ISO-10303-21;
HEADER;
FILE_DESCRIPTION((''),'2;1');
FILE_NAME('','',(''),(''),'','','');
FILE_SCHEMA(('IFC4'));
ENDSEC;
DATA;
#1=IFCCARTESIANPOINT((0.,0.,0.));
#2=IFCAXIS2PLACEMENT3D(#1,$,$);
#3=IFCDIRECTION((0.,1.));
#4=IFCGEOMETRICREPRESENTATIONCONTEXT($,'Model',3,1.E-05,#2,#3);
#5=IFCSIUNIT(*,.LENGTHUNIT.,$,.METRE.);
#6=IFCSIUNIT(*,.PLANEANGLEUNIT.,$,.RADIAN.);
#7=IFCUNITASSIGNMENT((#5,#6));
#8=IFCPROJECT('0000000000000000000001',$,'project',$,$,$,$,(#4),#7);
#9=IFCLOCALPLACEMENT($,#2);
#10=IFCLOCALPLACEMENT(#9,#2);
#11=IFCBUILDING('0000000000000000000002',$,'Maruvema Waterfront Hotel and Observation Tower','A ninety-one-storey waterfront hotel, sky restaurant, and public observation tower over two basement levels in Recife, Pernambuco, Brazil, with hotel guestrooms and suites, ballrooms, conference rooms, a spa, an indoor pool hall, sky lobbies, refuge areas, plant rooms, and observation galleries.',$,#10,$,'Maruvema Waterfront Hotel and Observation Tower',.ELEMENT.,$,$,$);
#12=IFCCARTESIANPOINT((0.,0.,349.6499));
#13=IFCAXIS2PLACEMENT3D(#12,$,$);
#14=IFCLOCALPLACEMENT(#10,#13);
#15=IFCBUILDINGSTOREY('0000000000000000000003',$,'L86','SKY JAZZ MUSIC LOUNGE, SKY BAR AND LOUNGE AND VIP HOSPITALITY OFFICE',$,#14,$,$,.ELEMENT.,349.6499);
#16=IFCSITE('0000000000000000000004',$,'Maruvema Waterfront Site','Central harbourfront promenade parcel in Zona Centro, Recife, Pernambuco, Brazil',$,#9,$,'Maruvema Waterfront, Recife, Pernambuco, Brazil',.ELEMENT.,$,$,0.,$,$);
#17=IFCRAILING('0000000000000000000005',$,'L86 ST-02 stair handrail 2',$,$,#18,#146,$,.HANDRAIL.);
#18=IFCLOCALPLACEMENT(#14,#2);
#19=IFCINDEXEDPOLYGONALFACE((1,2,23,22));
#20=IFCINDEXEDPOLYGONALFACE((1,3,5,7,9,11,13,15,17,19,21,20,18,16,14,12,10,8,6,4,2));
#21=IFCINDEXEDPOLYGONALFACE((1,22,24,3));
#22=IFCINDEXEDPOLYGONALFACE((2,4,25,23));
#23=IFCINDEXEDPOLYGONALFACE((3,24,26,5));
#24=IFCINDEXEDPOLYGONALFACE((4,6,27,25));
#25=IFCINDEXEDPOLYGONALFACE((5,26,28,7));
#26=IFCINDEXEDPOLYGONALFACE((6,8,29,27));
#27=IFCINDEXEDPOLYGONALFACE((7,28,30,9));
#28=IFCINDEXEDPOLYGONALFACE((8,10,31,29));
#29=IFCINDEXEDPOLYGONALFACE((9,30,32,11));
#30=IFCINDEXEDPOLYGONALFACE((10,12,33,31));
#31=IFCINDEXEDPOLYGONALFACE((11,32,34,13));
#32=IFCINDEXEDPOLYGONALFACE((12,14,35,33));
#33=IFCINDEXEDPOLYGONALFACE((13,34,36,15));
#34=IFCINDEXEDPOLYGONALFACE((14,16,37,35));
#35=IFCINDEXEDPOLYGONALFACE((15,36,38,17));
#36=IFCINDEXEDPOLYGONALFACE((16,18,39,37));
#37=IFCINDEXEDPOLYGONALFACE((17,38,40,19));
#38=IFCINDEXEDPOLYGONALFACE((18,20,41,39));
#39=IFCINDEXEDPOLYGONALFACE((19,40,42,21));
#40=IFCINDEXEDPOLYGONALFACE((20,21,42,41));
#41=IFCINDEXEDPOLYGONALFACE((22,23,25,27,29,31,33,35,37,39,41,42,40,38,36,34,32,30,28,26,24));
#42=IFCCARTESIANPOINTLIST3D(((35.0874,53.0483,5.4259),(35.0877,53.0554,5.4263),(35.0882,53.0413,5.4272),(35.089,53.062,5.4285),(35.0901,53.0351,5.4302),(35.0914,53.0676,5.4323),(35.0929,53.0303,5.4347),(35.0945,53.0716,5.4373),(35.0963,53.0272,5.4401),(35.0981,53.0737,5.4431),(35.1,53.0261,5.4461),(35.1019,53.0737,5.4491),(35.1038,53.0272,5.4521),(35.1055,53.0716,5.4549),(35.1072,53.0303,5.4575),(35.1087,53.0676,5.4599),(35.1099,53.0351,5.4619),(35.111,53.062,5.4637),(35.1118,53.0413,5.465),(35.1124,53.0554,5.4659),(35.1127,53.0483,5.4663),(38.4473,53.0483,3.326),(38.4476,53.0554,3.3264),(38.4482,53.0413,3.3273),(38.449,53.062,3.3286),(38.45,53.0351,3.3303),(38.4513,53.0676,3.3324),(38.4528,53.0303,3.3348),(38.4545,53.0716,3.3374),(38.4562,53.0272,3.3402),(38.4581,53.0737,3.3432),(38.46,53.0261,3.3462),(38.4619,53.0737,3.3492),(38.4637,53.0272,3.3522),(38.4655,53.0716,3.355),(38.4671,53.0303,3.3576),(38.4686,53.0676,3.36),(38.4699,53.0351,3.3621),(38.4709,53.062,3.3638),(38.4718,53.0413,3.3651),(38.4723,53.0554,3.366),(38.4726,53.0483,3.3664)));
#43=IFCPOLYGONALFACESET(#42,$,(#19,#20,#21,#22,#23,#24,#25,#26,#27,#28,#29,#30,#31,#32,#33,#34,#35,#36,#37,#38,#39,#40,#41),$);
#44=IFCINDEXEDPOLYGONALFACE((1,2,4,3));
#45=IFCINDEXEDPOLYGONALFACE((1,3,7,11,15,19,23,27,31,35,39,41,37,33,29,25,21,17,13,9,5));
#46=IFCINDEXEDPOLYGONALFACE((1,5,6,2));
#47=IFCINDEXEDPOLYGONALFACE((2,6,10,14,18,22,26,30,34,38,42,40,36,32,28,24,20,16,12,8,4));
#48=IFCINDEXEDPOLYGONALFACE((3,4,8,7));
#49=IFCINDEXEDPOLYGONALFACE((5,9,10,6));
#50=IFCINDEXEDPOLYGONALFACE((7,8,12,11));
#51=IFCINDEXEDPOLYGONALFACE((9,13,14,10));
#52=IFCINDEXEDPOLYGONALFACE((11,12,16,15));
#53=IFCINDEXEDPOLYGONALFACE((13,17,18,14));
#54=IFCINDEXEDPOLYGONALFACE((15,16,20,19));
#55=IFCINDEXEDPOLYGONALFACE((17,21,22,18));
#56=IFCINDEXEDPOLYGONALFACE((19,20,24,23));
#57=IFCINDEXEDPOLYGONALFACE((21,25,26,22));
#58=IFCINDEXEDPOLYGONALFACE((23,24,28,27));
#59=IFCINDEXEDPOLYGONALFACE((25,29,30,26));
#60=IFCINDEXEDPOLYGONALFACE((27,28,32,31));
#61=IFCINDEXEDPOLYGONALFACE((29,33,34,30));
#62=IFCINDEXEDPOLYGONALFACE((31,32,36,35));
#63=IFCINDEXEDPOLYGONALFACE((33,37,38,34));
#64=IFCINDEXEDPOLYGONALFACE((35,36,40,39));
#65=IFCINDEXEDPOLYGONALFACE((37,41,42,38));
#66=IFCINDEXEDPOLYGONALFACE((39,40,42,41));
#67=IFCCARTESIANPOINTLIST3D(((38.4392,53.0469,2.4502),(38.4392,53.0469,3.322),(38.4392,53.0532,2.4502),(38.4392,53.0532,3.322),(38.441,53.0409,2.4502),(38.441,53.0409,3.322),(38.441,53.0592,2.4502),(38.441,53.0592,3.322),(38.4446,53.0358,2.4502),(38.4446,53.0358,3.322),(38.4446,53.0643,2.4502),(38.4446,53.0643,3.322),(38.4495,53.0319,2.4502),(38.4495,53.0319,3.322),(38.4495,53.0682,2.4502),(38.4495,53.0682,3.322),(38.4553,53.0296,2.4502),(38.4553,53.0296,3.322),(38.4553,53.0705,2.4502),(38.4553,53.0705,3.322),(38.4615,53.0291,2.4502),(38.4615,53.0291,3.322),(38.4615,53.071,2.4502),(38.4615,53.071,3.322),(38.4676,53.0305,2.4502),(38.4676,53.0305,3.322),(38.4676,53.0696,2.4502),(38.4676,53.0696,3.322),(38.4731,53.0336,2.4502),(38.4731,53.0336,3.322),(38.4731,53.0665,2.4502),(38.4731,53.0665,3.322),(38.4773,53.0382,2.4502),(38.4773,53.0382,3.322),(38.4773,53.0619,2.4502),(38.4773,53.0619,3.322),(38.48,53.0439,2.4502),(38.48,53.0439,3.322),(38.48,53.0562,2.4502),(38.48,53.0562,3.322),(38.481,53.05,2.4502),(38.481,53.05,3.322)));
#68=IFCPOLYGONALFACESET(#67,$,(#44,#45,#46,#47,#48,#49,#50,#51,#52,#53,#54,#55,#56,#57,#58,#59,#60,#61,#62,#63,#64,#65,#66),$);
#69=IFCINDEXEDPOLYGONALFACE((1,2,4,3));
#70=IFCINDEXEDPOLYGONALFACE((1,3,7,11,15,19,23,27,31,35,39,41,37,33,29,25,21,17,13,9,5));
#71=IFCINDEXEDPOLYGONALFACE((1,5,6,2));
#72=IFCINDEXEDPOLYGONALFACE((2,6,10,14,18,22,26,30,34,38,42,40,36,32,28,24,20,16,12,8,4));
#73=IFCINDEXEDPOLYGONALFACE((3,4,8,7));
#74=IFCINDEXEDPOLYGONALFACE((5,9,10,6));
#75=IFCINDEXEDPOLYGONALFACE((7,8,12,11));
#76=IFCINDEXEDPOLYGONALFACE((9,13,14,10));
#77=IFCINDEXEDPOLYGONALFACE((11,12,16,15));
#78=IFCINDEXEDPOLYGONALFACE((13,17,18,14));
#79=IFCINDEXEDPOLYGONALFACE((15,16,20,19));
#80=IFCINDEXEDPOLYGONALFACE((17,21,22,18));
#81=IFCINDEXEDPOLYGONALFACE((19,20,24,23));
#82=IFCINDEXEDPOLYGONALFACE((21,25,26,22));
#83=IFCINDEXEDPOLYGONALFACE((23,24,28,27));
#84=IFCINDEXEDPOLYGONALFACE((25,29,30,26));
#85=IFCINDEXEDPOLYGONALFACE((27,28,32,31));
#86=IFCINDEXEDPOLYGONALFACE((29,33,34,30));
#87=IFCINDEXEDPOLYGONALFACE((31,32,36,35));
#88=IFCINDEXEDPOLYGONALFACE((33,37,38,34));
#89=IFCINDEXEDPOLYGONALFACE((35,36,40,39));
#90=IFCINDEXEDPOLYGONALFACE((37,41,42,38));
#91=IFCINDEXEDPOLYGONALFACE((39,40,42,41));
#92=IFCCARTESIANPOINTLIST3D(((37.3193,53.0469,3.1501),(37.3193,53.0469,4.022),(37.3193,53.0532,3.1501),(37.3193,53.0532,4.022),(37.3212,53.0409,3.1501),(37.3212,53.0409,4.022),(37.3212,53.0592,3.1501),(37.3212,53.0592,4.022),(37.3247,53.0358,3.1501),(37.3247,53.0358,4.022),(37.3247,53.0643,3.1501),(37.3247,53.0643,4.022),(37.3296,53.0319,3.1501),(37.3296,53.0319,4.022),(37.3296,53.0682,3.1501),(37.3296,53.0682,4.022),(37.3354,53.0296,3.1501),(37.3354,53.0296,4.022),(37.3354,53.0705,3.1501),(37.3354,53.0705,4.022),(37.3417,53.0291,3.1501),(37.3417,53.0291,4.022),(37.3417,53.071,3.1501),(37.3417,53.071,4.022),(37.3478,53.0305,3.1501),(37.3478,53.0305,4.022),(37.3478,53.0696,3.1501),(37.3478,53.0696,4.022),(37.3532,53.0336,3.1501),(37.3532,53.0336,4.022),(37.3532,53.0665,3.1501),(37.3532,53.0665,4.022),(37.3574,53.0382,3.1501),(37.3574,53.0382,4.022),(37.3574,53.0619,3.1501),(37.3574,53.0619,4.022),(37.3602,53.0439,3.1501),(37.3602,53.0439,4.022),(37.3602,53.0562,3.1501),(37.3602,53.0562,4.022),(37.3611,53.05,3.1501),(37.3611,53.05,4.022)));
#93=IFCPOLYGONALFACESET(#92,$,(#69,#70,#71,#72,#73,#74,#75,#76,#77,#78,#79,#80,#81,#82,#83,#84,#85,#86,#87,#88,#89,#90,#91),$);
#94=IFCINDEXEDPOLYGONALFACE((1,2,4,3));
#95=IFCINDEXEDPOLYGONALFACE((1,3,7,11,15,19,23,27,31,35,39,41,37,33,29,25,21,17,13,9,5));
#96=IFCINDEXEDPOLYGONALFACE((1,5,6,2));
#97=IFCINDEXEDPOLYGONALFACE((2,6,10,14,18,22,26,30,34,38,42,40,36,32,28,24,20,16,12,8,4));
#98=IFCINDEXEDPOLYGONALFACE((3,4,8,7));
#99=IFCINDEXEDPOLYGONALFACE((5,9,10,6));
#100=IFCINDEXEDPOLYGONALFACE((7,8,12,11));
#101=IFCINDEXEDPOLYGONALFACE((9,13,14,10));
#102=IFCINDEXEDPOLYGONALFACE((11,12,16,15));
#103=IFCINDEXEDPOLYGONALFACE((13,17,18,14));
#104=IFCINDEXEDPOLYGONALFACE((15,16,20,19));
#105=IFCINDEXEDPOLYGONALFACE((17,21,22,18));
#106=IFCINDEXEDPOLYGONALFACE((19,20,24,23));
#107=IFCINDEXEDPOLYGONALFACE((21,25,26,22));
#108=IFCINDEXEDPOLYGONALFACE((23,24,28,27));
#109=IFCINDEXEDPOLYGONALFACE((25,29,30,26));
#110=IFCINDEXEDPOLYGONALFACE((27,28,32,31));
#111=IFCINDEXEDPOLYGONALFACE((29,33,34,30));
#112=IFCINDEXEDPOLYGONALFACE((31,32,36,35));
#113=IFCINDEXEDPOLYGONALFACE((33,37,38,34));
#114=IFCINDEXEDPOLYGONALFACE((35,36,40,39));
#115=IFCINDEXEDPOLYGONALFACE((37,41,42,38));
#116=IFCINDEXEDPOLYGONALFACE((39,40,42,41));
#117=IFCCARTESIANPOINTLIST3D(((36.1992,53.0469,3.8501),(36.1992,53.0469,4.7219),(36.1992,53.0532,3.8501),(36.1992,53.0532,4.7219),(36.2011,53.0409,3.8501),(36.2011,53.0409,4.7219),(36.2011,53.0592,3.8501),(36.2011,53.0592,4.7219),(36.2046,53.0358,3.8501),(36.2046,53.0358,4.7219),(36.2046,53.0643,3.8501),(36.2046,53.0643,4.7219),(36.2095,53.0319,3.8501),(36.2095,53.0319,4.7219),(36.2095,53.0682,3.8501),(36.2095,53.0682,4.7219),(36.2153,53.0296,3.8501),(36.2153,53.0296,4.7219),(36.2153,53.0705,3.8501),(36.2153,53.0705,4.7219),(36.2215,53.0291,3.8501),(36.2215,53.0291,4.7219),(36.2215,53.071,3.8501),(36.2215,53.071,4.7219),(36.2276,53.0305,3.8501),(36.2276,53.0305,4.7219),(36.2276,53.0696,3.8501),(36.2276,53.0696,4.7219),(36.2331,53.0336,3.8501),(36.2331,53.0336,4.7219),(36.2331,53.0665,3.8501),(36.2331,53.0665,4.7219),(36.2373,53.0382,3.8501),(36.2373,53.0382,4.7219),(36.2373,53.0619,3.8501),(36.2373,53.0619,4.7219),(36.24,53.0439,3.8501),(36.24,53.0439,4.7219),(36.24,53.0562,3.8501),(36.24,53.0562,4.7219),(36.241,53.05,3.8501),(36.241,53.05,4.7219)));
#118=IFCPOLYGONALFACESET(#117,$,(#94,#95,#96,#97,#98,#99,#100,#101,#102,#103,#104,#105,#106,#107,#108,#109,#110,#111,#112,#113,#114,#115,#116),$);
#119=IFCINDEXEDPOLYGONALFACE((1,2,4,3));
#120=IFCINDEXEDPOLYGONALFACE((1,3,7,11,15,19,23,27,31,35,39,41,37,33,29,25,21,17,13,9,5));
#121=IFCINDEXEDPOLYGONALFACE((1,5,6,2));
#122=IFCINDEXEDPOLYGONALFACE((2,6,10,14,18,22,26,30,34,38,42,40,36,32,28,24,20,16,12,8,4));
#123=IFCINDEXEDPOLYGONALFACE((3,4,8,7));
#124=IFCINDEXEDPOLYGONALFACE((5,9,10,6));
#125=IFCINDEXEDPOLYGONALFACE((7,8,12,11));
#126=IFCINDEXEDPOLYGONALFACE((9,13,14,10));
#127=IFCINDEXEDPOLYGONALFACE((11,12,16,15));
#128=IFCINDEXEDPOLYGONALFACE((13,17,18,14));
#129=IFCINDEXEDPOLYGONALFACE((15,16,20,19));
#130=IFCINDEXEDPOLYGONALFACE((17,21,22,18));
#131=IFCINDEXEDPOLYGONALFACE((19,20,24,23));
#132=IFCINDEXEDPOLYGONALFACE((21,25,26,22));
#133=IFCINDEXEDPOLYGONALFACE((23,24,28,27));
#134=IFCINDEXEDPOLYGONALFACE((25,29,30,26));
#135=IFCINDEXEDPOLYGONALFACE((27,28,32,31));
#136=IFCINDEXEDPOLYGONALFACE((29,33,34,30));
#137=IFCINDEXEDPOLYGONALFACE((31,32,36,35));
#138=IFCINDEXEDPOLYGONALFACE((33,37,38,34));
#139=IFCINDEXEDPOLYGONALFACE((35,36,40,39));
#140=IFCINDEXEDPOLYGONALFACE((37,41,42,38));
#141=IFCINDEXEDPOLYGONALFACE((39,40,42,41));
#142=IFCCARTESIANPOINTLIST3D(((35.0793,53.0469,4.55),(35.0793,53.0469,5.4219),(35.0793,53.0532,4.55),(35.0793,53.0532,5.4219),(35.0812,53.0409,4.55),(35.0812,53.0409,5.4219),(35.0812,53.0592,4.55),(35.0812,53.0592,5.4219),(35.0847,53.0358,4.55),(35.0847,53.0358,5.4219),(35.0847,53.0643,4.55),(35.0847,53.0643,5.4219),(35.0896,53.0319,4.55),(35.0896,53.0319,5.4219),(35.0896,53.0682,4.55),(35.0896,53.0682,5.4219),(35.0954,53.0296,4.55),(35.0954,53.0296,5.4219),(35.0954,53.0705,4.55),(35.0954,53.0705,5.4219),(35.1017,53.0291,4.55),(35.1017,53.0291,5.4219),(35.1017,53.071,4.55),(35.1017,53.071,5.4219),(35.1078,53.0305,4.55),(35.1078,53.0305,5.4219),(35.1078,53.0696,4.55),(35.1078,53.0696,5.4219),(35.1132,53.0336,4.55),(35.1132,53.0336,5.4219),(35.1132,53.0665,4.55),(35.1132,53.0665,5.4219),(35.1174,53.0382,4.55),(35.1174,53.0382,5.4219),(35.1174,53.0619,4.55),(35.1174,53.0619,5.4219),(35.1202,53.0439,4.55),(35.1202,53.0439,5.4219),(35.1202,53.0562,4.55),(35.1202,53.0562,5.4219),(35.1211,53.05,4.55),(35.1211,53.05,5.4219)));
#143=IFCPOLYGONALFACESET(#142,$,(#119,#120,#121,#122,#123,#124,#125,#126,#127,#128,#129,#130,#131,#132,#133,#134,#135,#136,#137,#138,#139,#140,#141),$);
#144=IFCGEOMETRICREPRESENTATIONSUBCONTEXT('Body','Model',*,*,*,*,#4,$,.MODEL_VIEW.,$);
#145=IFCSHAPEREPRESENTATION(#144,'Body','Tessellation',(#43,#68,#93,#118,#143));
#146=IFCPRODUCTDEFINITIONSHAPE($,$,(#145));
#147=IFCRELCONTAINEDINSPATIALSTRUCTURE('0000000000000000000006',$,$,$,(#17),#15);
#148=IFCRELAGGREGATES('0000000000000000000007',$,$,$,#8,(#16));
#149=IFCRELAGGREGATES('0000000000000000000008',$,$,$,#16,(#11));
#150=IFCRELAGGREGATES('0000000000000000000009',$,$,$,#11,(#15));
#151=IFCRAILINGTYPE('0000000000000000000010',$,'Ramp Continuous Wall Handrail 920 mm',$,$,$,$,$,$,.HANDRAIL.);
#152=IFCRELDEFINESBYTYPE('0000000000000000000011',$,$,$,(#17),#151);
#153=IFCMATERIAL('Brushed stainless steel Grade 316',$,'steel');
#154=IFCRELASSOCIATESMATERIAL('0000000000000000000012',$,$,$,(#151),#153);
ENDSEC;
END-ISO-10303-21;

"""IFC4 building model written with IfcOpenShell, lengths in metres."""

from ifc_helpers import new_model, si_unit, direction, frame, origin, origin_2d, place, context, subcontext, project, spatial, circle, extrude, material, type_object, element, save


model = new_model("IFC4")

# Units and contexts
model_context = context("Model", 3, precision=1e-05, world=origin(), true_north=direction((0.0, 1.0)))
body_context = subcontext(model_context, "Body", "Model", "MODEL_VIEW")
ifc_project = project(units=[si_unit("LENGTHUNIT", "METRE"), si_unit("PLANEANGLEUNIT", "RADIAN")], contexts=[model_context])

# Site, building, storey
site_placement = place(None, origin())
site = spatial("IfcSite", under=ifc_project, at=site_placement, Name="Maruvema Waterfront Site", Description="Central harbourfront promenade parcel in Zona Centro, Recife, Pernambuco, Brazil", LongName="Maruvema Waterfront, Recife, Pernambuco, Brazil", CompositionType="ELEMENT", RefElevation=0.0)
building_placement = place(site_placement, origin())
building = spatial("IfcBuilding", under=site, at=building_placement, Name="Maruvema Waterfront Hotel and Observation Tower", Description="A ninety-one-storey waterfront hotel, sky restaurant, and public observation tower over two basement levels in Recife, Pernambuco, Brazil, with hotel guestrooms and suites, ballrooms, conference rooms, a spa, an indoor pool hall, sky lobbies, refuge areas, plant rooms, and observation galleries.", LongName="Maruvema Waterfront Hotel and Observation Tower", CompositionType="ELEMENT")
storey_placement = place(building_placement, frame((0.0, 0.0, 349.6499)))
storey = spatial("IfcBuildingStorey", under=building, at=storey_placement, Name="L86", Description="SKY JAZZ MUSIC LOUNGE, SKY BAR AND LOUNGE AND VIP HOSPITALITY OFFICE", CompositionType="ELEMENT", Elevation=349.6499)

# Railing
ifc_material_1 = material(Name="Brushed stainless steel Grade 316", Category="steel")
railing_type_1 = type_object("IfcRailingType", Name="Ramp Continuous Wall Handrail 920 mm", PredefinedType="HANDRAIL", material=ifc_material_1)
railing_1_placement = place(storey_placement, frame((38.46, 53.05, 2.4502)))
element("IfcRailing", 1, at=railing_1_placement, inside=storey, type_object=railing_type_1, Name="L86 ST-02 stair handrail 2", PredefinedType="HANDRAIL", context=body_context, shape_type="SweptSolid", body=[
    extrude(circle(Radius=0.0239, at=origin_2d()), frame((0.0, 0.0, 0.896), z_axis=(-0.848005, 0.0, 0.529988), x_axis=(0.0, -1.0, 0.0)), (0.0, 0.0, 1.0), 3.9622),
    extrude(circle(Radius=0.021, at=origin_2d()), origin(), (0.0, 0.0, 1.0), 0.8718),
    extrude(circle(Radius=0.021, at=origin_2d()), frame((-1.1199, 0.0, 0.7)), (0.0, 0.0, 1.0), 0.8718),
    extrude(circle(Radius=0.021, at=origin_2d()), frame((-2.24, 0.0, 1.3999)), (0.0, 0.0, 1.0), 0.8718),
    extrude(circle(Radius=0.021, at=origin_2d()), frame((-3.3599, 0.0, 2.0999)), (0.0, 0.0, 1.0), 0.8718),
])

save(model, "model.ifc")
